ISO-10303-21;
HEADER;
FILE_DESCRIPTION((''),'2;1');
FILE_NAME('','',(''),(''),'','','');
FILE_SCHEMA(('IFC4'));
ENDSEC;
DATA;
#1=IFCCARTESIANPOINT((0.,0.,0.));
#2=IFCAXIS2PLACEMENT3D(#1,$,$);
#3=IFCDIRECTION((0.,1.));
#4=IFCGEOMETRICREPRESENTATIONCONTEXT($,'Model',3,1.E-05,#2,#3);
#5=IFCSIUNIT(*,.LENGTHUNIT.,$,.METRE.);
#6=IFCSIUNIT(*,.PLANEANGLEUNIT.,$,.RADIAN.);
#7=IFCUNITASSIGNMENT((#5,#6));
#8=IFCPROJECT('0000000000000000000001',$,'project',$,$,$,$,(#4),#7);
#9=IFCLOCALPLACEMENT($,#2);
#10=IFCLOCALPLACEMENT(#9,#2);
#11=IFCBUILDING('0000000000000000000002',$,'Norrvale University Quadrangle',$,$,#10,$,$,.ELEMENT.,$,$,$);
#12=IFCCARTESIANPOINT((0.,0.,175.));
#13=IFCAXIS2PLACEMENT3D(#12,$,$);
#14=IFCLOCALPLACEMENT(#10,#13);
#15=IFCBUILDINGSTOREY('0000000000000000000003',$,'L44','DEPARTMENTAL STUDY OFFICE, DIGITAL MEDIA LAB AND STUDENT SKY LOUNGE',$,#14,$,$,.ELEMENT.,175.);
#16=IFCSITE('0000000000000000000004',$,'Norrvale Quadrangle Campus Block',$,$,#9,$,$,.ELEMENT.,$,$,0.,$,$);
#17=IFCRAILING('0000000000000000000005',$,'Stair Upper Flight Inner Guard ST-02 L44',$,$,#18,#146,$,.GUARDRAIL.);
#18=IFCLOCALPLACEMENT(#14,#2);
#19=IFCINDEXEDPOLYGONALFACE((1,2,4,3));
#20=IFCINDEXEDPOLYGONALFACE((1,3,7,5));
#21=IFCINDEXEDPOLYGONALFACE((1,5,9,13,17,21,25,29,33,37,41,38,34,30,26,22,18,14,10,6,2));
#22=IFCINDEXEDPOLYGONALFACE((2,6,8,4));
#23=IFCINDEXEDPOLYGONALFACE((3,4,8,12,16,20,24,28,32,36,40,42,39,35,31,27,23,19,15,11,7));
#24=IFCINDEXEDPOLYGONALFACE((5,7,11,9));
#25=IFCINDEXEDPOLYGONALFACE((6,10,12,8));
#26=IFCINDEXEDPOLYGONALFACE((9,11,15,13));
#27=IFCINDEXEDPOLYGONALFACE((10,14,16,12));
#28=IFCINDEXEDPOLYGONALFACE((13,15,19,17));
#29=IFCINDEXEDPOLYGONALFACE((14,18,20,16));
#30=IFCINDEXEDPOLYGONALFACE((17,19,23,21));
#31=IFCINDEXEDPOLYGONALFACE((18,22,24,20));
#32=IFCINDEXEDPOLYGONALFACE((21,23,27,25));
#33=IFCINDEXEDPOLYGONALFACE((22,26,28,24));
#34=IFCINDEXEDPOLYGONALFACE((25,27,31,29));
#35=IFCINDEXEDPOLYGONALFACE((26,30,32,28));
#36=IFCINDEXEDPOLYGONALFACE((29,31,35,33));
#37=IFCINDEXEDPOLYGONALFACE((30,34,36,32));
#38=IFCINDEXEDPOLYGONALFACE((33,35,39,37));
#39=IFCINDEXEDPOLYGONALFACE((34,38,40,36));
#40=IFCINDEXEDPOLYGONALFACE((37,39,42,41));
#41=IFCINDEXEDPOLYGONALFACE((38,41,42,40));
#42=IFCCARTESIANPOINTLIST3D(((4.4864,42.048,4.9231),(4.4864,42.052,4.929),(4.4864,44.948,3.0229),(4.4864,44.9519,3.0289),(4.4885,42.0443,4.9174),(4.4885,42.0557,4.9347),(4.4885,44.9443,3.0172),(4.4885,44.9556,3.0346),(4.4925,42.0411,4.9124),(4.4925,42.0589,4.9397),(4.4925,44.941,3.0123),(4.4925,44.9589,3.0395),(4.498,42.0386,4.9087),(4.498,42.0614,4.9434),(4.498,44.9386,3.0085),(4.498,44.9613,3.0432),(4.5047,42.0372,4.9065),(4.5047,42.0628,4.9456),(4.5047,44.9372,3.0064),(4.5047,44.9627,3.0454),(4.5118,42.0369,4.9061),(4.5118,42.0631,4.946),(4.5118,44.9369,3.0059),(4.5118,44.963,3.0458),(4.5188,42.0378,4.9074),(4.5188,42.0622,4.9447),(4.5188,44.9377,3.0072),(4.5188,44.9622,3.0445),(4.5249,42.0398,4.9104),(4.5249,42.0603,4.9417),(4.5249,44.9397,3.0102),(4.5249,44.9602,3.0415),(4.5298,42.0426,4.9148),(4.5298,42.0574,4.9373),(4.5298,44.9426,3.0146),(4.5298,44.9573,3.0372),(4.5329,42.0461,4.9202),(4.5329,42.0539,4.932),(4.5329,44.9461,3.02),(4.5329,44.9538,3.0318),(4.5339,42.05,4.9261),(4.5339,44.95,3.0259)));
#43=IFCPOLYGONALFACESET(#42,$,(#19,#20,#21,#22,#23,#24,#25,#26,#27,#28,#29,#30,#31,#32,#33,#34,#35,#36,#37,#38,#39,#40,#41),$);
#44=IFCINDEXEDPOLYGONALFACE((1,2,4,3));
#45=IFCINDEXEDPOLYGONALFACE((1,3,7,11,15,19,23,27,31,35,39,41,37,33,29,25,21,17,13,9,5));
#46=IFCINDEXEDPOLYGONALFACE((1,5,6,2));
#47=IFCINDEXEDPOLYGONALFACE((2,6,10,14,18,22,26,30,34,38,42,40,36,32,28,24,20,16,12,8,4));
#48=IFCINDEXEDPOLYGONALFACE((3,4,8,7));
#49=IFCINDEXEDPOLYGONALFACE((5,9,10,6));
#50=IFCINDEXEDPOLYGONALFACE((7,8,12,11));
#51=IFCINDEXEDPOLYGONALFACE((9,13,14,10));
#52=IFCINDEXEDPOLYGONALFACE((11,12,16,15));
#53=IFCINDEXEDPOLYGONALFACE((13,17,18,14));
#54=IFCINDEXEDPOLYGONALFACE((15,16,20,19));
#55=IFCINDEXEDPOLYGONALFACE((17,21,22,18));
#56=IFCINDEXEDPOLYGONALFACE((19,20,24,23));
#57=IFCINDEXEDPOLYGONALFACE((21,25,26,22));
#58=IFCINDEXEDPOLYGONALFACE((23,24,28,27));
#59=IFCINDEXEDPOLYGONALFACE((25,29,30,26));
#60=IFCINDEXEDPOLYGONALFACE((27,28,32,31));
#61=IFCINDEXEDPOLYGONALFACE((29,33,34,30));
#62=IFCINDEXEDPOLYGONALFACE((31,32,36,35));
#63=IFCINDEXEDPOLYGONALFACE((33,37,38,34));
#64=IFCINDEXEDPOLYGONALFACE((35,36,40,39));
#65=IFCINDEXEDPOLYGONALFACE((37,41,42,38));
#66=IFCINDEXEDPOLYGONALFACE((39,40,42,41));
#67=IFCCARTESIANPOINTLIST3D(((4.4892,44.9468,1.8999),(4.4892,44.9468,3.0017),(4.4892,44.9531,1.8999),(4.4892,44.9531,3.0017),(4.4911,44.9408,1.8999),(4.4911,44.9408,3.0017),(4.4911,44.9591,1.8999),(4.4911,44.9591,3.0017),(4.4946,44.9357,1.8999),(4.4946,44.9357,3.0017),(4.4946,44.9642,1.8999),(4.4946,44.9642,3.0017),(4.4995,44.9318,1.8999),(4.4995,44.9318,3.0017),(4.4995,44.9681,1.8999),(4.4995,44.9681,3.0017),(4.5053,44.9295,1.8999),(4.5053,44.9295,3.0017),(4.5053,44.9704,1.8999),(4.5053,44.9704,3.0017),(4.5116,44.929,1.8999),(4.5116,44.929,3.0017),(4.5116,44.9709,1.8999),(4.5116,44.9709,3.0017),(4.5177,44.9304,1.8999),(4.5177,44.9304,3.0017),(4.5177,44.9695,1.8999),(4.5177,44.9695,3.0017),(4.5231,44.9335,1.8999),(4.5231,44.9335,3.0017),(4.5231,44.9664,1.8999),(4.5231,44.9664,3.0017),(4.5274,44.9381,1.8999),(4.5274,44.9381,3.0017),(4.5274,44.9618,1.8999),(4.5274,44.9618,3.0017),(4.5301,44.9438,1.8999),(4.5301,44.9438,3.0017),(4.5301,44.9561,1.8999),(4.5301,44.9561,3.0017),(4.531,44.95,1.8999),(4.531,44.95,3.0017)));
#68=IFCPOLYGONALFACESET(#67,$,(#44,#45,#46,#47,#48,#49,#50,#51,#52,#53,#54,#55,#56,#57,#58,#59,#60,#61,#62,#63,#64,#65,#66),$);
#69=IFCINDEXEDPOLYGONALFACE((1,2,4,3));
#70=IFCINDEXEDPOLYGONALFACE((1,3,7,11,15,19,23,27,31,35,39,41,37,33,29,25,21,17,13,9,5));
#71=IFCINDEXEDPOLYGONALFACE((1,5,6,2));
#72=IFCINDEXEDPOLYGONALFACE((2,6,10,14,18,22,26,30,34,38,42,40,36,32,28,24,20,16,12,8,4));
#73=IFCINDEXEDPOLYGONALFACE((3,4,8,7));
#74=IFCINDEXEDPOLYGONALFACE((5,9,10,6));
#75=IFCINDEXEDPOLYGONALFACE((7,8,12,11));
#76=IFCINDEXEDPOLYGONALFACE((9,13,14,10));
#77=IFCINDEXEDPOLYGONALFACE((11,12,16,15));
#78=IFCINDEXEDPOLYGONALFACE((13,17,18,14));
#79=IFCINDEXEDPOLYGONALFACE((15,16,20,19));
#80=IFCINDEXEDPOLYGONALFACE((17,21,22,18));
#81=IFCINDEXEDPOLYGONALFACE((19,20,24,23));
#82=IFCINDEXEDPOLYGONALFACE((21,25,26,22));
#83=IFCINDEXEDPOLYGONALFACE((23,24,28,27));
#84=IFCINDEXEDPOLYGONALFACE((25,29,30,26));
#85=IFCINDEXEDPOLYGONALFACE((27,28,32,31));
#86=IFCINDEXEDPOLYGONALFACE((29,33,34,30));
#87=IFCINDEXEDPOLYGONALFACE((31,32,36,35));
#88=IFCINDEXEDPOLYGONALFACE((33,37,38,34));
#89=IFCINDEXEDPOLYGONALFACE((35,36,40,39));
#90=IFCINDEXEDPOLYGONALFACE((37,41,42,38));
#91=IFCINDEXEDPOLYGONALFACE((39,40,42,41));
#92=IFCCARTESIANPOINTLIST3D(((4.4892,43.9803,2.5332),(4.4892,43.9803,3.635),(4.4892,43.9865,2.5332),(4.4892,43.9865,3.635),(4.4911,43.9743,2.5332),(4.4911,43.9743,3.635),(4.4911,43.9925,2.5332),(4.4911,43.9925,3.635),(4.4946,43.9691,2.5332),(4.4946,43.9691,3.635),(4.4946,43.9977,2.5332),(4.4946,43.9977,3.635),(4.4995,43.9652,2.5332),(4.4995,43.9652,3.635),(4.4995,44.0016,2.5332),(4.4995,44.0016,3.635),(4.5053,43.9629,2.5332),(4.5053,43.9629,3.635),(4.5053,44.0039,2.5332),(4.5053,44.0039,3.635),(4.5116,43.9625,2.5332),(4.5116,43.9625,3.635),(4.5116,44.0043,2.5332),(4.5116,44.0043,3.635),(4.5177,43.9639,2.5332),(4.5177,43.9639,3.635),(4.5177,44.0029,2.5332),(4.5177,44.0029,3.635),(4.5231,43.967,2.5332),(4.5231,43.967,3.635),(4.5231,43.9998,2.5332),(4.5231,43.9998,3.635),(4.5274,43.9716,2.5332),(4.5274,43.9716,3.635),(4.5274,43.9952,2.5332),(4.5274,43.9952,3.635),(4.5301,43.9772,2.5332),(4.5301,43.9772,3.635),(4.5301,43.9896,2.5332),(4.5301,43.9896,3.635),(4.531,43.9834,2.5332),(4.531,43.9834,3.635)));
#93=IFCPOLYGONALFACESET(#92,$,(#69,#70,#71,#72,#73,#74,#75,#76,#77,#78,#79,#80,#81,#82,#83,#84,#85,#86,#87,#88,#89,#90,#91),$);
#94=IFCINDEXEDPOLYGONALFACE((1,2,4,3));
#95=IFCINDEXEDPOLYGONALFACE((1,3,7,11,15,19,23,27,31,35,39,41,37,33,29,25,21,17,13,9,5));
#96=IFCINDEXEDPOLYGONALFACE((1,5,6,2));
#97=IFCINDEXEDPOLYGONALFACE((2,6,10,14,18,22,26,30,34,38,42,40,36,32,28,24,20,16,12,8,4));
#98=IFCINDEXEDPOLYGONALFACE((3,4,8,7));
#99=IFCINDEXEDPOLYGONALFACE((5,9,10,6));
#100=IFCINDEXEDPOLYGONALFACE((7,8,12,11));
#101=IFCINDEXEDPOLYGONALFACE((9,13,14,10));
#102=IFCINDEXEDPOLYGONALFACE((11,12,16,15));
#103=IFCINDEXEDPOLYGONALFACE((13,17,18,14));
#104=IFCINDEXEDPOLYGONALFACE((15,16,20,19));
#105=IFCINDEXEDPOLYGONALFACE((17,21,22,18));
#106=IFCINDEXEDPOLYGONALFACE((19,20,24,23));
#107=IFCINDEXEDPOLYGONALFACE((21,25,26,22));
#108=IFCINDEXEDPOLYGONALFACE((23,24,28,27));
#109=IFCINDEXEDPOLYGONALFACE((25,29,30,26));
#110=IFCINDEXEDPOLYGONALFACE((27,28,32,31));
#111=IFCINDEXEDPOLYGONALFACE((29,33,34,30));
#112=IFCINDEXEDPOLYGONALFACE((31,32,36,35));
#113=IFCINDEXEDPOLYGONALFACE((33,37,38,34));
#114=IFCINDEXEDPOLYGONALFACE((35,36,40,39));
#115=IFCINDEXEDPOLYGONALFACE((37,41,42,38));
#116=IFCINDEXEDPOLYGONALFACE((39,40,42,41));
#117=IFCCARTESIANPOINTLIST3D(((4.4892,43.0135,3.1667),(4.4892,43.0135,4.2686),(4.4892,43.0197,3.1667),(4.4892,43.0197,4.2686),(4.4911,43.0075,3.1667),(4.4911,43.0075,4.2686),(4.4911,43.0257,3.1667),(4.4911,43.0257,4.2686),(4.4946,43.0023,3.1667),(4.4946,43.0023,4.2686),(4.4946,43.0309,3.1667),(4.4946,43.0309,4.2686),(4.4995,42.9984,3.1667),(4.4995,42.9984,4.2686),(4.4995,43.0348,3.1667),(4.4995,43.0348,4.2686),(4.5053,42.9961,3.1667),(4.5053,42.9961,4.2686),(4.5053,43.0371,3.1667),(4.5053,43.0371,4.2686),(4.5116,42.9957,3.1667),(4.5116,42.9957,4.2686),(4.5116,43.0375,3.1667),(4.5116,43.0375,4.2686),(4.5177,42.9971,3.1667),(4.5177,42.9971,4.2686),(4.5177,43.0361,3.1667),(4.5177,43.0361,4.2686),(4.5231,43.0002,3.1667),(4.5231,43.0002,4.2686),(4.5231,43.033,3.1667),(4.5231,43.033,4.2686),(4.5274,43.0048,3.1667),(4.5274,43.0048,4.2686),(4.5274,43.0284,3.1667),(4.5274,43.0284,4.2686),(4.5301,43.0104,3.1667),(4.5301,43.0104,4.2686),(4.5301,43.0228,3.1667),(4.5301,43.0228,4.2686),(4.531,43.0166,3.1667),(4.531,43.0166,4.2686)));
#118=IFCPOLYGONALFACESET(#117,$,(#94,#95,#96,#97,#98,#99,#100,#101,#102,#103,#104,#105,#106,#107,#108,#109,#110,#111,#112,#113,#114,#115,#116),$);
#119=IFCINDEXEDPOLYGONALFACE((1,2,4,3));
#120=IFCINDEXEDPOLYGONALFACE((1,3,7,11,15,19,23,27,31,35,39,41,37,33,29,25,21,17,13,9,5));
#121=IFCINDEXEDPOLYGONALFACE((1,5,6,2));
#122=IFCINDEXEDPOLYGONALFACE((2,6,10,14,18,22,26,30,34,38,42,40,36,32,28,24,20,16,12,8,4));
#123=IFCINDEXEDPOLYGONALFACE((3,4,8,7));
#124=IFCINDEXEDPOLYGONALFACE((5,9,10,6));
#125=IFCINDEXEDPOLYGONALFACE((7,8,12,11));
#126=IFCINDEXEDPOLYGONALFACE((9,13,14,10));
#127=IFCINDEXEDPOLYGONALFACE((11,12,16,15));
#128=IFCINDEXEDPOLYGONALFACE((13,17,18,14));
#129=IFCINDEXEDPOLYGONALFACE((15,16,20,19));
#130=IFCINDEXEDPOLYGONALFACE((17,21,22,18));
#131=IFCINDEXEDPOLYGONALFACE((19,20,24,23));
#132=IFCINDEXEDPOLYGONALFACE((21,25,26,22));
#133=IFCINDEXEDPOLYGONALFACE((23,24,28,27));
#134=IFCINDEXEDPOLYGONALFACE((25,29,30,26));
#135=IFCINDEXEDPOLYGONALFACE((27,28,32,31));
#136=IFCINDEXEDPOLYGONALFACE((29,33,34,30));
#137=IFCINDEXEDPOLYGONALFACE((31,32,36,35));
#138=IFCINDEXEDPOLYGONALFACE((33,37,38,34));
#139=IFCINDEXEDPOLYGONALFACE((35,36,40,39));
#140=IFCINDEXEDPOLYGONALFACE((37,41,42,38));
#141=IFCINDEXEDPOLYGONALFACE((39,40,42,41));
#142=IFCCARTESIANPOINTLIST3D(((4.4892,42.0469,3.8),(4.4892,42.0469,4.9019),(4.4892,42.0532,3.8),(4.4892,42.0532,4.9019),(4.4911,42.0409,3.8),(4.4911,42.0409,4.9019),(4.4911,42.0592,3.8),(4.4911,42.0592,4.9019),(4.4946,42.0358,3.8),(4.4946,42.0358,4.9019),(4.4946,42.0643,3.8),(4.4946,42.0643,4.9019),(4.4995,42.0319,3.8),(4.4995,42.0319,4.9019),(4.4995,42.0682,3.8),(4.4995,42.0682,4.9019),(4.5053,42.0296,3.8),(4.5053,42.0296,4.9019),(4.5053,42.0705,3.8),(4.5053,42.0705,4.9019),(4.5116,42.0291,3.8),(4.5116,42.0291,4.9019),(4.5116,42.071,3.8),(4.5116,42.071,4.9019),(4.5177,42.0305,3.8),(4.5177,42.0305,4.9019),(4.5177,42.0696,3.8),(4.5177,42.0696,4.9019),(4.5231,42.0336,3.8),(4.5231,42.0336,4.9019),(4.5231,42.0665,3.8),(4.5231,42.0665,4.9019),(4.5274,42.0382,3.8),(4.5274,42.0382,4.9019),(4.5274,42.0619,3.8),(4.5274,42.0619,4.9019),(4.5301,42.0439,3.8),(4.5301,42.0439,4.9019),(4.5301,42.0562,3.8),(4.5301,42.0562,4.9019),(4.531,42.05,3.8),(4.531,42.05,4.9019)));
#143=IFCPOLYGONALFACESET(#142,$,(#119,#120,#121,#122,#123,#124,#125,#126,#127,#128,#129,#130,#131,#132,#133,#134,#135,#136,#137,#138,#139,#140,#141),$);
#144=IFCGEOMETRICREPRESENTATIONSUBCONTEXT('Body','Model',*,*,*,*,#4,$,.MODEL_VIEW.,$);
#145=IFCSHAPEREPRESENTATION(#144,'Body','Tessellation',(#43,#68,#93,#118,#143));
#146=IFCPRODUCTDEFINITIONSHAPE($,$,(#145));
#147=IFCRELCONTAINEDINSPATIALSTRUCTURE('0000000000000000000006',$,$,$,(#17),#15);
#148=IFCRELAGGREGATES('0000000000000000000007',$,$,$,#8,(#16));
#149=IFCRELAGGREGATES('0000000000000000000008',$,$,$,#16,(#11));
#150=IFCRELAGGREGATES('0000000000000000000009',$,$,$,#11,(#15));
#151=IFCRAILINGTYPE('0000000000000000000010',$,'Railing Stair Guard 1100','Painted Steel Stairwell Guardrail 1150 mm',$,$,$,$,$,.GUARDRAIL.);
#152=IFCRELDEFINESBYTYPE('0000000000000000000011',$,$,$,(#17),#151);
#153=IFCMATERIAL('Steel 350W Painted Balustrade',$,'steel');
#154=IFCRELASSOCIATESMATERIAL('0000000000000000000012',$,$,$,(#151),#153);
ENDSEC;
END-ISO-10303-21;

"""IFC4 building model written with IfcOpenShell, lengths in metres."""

from ifc_helpers import new_model, si_unit, direction, frame, origin, origin_2d, place, context, subcontext, project, spatial, circle, extrude, material, type_object, element, save


model = new_model("IFC4")

# Units and contexts
model_context = context("Model", 3, precision=1e-05, world=origin(), true_north=direction((0.0, 1.0)))
body_context = subcontext(model_context, "Body", "Model", "MODEL_VIEW")
ifc_project = project(units=[si_unit("LENGTHUNIT", "METRE"), si_unit("PLANEANGLEUNIT", "RADIAN")], contexts=[model_context])

# Site, building, storey
site_placement = place(None, origin())
site = spatial("IfcSite", under=ifc_project, at=site_placement, Name="Norrvale Quadrangle Campus Block", CompositionType="ELEMENT", RefElevation=0.0)
building_placement = place(site_placement, origin())
building = spatial("IfcBuilding", under=site, at=building_placement, Name="Norrvale University Quadrangle", CompositionType="ELEMENT")
storey_placement = place(building_placement, frame((0.0, 0.0, 175.0)))
storey = spatial("IfcBuildingStorey", under=building, at=storey_placement, Name="L44", Description="DEPARTMENTAL STUDY OFFICE, DIGITAL MEDIA LAB AND STUDENT SKY LOUNGE", CompositionType="ELEMENT", Elevation=175.0)

# Railing
ifc_material_1 = material(Name="Steel 350W Painted Balustrade", Category="steel")
railing_type_1 = type_object("IfcRailingType", Name="Railing Stair Guard 1100", Description="Painted Steel Stairwell Guardrail 1150 mm", PredefinedType="GUARDRAIL", material=ifc_material_1)
railing_1_placement = place(storey_placement, frame((4.51, 44.95, 1.8999)))
element("IfcRailing", 1, at=railing_1_placement, inside=storey, type_object=railing_type_1, Name="Stair Upper Flight Inner Guard ST-02 L44", PredefinedType="GUARDRAIL", context=body_context, shape_type="SweptSolid", body=[
    extrude(circle(Radius=0.0239, at=origin_2d()), frame((0.0, 0.0, 1.126), z_axis=(0.0, -0.836433, 0.548069), x_axis=(1.0, 0.0, 0.0)), (0.0, 0.0, 1.0), 3.467),
    extrude(circle(Radius=0.021, at=origin_2d()), origin(), (0.0, 0.0, 1.0), 1.1018),
    extrude(circle(Radius=0.021, at=origin_2d()), frame((0.0, -0.9666, 0.6333)), (0.0, 0.0, 1.0), 1.1018),
    extrude(circle(Radius=0.021, at=origin_2d()), frame((0.0, -1.9333, 1.2668)), (0.0, 0.0, 1.0), 1.1018),
    extrude(circle(Radius=0.021, at=origin_2d()), frame((0.0, -2.8999, 1.9001)), (0.0, 0.0, 1.0), 1.1018),
])

save(model, "model.ifc")
